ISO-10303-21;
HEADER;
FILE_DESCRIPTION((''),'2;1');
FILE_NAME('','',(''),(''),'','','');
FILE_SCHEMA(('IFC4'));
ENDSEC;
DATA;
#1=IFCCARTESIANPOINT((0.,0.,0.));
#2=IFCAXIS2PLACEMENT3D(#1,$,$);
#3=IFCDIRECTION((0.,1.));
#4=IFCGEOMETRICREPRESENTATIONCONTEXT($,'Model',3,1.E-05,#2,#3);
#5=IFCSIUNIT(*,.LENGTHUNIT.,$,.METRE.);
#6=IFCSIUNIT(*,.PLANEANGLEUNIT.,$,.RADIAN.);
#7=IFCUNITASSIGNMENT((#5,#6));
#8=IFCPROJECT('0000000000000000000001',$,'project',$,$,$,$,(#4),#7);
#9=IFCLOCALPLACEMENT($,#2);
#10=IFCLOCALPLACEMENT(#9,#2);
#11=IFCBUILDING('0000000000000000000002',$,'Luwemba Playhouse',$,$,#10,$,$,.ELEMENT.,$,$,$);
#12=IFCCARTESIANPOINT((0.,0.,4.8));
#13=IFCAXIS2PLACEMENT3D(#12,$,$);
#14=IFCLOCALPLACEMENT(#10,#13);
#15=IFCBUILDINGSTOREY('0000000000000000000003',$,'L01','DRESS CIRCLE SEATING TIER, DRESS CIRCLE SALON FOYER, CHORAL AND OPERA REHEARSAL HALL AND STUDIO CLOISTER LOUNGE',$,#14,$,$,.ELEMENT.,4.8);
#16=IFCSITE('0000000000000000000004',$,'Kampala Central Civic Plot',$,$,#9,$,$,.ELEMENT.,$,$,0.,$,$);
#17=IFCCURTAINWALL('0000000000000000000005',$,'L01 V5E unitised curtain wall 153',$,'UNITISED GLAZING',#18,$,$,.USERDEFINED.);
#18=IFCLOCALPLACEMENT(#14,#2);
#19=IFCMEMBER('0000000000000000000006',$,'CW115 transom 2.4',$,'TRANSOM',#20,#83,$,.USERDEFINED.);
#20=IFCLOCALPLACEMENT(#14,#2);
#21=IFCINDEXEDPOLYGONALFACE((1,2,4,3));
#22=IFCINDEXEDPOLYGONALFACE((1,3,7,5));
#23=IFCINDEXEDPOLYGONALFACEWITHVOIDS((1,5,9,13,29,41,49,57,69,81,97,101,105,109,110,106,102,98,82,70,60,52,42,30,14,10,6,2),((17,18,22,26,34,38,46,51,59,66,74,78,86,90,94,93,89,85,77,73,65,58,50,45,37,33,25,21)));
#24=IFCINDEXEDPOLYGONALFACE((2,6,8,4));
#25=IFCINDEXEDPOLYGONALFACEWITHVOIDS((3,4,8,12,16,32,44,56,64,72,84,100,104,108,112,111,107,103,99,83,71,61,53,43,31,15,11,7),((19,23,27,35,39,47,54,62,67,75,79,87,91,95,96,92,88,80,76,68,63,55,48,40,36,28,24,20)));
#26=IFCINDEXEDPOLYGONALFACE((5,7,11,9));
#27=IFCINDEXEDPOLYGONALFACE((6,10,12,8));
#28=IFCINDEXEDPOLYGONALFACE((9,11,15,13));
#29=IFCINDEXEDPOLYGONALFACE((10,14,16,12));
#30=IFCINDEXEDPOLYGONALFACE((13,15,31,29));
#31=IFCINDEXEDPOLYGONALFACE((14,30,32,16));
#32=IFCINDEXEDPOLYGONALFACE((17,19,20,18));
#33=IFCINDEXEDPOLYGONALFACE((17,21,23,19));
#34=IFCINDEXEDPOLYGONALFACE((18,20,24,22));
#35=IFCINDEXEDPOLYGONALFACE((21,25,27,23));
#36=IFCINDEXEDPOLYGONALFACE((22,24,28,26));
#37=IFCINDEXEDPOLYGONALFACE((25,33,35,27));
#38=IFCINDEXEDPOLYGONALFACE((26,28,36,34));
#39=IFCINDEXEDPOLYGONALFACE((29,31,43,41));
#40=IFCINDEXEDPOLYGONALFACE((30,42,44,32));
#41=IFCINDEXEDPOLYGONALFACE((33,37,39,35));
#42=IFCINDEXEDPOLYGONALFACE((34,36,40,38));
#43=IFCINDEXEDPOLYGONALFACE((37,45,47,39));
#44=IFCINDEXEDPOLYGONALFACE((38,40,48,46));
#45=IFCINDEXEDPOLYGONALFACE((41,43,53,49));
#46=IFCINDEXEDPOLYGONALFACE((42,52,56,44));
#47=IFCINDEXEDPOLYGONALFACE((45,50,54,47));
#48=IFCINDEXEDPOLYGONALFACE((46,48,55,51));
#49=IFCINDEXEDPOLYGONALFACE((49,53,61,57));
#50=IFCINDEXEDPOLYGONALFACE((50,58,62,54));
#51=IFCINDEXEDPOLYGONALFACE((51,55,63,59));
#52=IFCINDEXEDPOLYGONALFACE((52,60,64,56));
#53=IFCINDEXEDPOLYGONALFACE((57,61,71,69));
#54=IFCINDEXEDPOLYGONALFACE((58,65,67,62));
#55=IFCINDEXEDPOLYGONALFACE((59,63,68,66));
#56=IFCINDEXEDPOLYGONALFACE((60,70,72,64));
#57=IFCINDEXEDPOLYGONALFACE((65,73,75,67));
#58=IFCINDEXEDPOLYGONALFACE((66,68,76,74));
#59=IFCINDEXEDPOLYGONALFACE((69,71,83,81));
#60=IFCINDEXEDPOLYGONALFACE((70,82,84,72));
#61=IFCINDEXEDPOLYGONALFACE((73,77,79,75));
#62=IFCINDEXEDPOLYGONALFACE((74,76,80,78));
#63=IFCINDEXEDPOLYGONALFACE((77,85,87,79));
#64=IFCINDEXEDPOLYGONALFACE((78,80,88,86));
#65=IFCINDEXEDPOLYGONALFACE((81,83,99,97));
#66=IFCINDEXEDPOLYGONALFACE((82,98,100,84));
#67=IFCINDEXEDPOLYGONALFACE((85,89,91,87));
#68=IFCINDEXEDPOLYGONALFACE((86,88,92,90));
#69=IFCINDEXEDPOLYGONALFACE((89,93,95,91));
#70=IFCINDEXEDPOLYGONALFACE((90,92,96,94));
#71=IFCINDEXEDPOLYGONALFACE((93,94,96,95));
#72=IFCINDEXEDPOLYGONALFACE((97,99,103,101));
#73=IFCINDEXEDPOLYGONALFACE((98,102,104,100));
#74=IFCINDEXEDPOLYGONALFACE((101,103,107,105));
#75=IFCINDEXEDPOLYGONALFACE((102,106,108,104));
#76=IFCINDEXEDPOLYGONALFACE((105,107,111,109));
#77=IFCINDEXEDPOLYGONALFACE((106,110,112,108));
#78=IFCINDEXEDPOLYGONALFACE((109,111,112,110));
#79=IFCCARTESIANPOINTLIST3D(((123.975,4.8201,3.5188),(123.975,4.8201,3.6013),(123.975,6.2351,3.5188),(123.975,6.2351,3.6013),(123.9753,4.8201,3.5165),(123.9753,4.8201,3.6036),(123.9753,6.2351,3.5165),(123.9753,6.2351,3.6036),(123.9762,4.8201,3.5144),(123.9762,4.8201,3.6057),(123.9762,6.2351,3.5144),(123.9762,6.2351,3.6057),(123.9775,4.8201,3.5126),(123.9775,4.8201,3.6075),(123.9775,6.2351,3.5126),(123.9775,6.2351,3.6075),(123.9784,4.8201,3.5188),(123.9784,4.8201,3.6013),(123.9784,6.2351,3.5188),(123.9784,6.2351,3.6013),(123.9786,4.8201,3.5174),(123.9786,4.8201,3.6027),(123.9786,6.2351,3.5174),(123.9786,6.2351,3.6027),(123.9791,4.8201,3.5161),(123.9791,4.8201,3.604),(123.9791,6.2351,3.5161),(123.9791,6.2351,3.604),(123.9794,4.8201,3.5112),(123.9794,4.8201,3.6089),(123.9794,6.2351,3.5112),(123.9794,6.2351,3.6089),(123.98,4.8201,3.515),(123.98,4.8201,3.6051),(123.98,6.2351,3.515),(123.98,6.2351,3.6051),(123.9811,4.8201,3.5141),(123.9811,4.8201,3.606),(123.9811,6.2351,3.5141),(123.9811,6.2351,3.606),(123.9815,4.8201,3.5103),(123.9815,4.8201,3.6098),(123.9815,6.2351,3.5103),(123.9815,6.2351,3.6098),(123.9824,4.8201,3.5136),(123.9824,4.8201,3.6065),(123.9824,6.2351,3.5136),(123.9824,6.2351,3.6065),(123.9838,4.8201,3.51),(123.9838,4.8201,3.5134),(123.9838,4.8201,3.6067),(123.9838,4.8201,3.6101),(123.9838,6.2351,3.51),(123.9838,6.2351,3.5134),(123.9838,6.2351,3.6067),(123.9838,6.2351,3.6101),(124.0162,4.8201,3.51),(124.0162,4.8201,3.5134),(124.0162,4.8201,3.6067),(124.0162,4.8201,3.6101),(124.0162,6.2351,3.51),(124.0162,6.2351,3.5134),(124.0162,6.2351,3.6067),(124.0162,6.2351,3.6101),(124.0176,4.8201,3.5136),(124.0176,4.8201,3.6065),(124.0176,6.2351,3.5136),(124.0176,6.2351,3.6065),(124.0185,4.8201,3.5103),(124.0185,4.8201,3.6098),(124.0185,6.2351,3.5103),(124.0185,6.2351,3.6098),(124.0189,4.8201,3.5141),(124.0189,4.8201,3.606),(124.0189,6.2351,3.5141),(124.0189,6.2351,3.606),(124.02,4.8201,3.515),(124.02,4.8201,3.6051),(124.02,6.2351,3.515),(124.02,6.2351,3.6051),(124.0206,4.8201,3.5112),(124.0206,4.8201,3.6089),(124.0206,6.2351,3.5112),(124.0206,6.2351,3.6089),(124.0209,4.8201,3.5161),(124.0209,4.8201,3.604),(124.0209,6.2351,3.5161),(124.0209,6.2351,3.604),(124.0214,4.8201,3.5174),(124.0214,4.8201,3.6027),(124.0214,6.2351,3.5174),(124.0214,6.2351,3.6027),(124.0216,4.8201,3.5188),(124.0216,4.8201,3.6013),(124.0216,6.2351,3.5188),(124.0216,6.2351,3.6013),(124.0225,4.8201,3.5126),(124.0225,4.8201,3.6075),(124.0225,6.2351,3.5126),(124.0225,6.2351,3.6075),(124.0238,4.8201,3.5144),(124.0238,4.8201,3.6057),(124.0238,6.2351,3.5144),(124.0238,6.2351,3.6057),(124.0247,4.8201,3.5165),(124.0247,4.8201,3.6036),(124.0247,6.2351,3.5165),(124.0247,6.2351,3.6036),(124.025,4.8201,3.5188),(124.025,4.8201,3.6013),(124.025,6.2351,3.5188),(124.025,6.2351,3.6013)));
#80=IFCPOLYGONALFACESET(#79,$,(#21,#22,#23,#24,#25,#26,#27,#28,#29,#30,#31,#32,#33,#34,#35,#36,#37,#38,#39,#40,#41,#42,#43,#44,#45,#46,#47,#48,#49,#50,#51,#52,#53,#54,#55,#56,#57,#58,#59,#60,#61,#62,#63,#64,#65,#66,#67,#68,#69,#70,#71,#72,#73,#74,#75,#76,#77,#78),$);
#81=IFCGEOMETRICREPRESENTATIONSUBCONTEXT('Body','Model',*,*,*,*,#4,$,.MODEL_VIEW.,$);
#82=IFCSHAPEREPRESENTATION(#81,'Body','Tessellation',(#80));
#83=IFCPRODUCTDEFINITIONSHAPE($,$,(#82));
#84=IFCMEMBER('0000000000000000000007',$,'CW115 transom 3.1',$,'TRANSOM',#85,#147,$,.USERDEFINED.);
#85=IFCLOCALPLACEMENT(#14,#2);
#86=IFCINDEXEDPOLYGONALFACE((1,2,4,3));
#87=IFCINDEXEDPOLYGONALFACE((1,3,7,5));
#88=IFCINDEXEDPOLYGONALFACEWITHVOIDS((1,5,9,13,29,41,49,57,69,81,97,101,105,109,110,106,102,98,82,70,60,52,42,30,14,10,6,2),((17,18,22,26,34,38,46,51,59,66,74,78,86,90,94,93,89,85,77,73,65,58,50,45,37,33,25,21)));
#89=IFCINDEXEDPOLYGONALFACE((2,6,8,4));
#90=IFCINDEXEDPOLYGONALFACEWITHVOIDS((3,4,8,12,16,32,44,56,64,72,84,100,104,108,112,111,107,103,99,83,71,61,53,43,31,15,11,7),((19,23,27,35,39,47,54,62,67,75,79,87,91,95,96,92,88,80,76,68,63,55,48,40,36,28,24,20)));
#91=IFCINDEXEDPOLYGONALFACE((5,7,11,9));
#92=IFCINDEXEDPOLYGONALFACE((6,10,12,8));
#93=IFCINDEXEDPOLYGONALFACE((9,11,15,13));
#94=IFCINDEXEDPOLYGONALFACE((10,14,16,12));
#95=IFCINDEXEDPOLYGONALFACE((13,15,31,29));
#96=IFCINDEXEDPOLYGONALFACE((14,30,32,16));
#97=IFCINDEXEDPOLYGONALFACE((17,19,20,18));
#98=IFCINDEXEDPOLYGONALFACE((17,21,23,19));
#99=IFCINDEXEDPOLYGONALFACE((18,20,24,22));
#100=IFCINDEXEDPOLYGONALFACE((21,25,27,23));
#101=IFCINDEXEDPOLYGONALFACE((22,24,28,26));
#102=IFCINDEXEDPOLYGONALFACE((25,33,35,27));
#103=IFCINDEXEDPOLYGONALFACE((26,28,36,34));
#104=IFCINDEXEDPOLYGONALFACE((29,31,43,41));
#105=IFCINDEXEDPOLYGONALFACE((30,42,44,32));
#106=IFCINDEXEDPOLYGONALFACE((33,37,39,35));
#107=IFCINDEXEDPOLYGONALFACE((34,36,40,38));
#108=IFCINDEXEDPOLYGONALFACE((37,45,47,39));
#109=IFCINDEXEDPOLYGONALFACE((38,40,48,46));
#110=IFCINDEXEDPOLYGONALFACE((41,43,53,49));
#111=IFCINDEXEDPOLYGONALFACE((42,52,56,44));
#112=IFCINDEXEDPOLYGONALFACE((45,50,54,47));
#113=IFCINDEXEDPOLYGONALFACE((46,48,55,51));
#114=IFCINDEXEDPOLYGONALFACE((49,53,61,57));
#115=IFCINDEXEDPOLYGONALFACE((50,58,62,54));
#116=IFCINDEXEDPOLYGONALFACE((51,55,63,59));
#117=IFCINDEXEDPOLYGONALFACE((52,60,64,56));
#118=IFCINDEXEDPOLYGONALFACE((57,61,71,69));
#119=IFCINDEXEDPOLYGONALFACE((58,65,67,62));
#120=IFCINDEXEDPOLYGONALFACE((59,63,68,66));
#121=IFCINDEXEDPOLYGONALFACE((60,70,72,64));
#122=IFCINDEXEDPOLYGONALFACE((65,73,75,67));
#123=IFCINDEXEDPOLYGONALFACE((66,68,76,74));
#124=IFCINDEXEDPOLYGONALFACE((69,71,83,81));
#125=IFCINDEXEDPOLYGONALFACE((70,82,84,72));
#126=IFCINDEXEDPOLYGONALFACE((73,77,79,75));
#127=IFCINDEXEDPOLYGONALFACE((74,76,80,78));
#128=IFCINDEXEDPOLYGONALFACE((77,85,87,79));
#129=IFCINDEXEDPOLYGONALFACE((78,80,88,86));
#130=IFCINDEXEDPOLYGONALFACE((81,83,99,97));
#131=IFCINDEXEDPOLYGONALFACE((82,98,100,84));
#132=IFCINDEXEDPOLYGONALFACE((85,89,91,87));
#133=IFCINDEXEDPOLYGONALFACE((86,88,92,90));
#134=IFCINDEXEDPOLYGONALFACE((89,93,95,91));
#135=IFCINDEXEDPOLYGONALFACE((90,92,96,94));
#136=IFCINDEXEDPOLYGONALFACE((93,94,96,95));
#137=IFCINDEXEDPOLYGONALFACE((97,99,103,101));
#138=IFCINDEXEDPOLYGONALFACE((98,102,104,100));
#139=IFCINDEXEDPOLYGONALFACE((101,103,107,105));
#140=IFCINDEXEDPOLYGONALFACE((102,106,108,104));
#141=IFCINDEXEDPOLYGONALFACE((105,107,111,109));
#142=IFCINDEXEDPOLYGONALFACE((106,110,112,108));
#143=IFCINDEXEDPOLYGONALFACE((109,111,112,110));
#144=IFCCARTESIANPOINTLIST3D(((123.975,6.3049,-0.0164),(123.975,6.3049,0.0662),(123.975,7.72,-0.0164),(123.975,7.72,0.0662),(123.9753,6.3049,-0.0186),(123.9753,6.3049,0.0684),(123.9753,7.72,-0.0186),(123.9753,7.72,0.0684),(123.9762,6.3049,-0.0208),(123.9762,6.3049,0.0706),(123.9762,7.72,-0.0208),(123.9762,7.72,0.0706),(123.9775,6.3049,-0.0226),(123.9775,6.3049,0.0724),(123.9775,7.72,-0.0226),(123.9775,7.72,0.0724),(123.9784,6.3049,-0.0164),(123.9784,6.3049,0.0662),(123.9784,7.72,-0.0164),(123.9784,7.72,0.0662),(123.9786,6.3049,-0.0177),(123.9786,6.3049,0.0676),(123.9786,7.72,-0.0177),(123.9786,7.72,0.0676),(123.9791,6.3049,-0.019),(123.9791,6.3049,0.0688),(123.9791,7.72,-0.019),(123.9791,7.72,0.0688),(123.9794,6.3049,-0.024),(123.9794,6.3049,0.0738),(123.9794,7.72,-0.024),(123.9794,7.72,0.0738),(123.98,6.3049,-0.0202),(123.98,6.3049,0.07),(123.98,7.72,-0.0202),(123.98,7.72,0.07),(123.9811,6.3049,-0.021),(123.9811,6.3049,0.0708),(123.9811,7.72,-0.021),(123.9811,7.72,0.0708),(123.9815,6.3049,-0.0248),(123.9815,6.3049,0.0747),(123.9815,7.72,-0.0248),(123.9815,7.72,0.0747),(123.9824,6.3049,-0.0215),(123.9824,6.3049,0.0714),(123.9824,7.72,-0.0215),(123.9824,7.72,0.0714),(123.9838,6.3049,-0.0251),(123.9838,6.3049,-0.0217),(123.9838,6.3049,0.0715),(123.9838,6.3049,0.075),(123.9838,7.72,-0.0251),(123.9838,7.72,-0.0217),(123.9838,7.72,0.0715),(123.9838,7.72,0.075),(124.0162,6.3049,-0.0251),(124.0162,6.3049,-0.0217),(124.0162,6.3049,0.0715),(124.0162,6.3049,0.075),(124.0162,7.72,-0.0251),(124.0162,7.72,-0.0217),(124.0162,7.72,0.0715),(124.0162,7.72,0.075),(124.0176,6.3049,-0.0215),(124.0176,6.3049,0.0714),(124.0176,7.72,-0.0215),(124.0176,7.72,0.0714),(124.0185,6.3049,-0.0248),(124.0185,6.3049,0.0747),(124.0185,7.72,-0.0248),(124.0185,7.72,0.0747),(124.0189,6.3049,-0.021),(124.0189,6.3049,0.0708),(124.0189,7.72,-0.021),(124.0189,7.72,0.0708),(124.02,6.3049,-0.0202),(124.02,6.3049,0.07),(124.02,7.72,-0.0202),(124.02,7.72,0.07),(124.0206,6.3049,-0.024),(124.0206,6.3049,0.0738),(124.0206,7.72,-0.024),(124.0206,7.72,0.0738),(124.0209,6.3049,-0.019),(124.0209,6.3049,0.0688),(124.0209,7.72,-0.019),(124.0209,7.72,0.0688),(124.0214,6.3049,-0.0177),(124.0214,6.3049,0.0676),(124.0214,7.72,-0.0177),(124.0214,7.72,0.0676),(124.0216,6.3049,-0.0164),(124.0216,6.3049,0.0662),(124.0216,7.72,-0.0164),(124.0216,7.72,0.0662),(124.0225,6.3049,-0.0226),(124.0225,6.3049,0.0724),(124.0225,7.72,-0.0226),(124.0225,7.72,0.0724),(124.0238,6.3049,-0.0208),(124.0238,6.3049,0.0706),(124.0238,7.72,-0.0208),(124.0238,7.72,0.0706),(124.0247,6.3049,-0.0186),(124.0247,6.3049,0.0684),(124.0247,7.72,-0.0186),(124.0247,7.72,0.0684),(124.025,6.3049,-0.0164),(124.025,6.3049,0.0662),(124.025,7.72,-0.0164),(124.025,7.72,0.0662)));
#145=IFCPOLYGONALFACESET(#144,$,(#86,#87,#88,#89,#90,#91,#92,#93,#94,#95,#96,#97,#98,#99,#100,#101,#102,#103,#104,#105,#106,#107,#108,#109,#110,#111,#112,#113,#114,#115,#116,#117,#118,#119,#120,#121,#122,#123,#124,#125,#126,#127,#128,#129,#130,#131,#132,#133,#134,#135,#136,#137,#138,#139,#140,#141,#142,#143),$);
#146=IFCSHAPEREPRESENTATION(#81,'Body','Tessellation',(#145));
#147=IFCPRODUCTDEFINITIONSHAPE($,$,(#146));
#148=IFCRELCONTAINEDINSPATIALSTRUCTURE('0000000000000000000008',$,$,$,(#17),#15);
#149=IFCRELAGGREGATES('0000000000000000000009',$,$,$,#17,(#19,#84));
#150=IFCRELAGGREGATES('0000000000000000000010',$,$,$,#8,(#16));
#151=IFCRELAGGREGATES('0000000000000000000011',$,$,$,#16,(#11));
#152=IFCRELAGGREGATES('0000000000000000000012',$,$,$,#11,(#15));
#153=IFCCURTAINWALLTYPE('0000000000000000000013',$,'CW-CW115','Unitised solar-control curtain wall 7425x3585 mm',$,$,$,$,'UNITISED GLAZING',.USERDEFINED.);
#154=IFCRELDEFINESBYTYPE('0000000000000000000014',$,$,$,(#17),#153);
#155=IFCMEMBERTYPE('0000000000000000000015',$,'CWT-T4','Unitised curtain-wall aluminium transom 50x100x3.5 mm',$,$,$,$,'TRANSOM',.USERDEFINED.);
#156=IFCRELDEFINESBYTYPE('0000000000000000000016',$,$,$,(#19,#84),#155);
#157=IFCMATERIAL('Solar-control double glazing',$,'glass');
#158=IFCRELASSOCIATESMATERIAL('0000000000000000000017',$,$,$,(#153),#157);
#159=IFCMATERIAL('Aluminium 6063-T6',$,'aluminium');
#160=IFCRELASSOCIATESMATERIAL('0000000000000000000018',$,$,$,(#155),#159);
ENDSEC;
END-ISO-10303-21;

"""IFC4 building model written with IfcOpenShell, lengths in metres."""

from ifc_helpers import new_model, si_unit, direction, frame, origin, origin_2d, place, context, subcontext, project, spatial, hollow_rectangle, extrude, material, material_profile, profile_set, type_object, element, aggregate, save


model = new_model("IFC4")

# Units and contexts
model_context = context("Model", 3, precision=1e-05, world=origin(), true_north=direction((0.0, 1.0)))
body_context = subcontext(model_context, "Body", "Model", "MODEL_VIEW")
ifc_project = project(units=[si_unit("LENGTHUNIT", "METRE"), si_unit("PLANEANGLEUNIT", "RADIAN")], contexts=[model_context])

# Site, building, storey
site_placement = place(None, origin())
site = spatial("IfcSite", under=ifc_project, at=site_placement, Name="Kampala Central Civic Plot", CompositionType="ELEMENT", RefElevation=0.0)
building_placement = place(site_placement, origin())
building = spatial("IfcBuilding", under=site, at=building_placement, Name="Luwemba Playhouse", CompositionType="ELEMENT")
storey_placement = place(building_placement, frame((0.0, 0.0, 4.8)))
storey = spatial("IfcBuildingStorey", under=building, at=storey_placement, Name="L01", Description="DRESS CIRCLE SEATING TIER, DRESS CIRCLE SALON FOYER, CHORAL AND OPERA REHEARSAL HALL AND STUDIO CLOISTER LOUNGE", CompositionType="ELEMENT", Elevation=4.8)

# Curtain wall, members
ifc_material_1 = material(Name="Solar-control double glazing", Category="glass")
curtain_wall_type = type_object("IfcCurtainWallType", Name="CW-CW115", Description="Unitised solar-control curtain wall 7425x3585 mm", ElementType="UNITISED GLAZING", PredefinedType="USERDEFINED", material=ifc_material_1)
curtain_wall_placement = place(storey_placement, origin())
curtain_wall = element("IfcCurtainWall", 1, at=curtain_wall_placement, inside=storey, type_object=curtain_wall_type, Name="L01 V5E unitised curtain wall 153", ObjectType="UNITISED GLAZING", PredefinedType="USERDEFINED")
ifc_material_2 = material(Name="Aluminium 6063-T6", Category="aluminium")
ifc_material_profile_1 = material_profile(ifc_material_2, hollow_rectangle(XDim=0.05, YDim=0.1001, WallThickness=0.0034, InnerFilletRadius=0.0054, OuterFilletRadius=0.0088, at=origin_2d()))
ifc_profile_set_1 = profile_set([ifc_material_profile_1], Name="Aluminium 6063-T6")
member_type_1 = type_object("IfcMemberType", Name="CWT-T4", Description="Unitised curtain-wall aluminium transom 50x100x3.5 mm", ElementType="TRANSOM", PredefinedType="USERDEFINED", material=ifc_profile_set_1)
member_1_placement = place(storey_placement, frame((124.0, 4.8201, 3.5601), z_axis=(0.0, 1.0, 0.0), x_axis=(-1.0, 0.0, 0.0)))
member_1 = element("IfcMember", 2, at=member_1_placement, type_object=member_type_1, Name="CW115 transom 2.4", ObjectType="TRANSOM", PredefinedType="USERDEFINED", context=body_context, shape_type="SweptSolid", body=[
    extrude(hollow_rectangle(XDim=0.05, YDim=0.1001, WallThickness=0.0034, InnerFilletRadius=0.0054, OuterFilletRadius=0.0088, at=origin_2d()), origin(), (0.0, 0.0, 1.0), 1.415),
])
member_2_placement = place(storey_placement, frame((124.0, 6.3049, 0.0249), z_axis=(0.0, 1.0, 0.0), x_axis=(-1.0, 0.0, 0.0)))
member_2 = element("IfcMember", 3, at=member_2_placement, type_object=member_type_1, Name="CW115 transom 3.1", ObjectType="TRANSOM", PredefinedType="USERDEFINED", context=body_context, shape_type="SweptSolid", body=[
    extrude(hollow_rectangle(XDim=0.05, YDim=0.1001, WallThickness=0.0034, InnerFilletRadius=0.0054, OuterFilletRadius=0.0088, at=origin_2d()), origin(), (0.0, 0.0, 1.0), 1.415),
])

aggregate(curtain_wall, [member_1, member_2])

save(model, "model.ifc")
